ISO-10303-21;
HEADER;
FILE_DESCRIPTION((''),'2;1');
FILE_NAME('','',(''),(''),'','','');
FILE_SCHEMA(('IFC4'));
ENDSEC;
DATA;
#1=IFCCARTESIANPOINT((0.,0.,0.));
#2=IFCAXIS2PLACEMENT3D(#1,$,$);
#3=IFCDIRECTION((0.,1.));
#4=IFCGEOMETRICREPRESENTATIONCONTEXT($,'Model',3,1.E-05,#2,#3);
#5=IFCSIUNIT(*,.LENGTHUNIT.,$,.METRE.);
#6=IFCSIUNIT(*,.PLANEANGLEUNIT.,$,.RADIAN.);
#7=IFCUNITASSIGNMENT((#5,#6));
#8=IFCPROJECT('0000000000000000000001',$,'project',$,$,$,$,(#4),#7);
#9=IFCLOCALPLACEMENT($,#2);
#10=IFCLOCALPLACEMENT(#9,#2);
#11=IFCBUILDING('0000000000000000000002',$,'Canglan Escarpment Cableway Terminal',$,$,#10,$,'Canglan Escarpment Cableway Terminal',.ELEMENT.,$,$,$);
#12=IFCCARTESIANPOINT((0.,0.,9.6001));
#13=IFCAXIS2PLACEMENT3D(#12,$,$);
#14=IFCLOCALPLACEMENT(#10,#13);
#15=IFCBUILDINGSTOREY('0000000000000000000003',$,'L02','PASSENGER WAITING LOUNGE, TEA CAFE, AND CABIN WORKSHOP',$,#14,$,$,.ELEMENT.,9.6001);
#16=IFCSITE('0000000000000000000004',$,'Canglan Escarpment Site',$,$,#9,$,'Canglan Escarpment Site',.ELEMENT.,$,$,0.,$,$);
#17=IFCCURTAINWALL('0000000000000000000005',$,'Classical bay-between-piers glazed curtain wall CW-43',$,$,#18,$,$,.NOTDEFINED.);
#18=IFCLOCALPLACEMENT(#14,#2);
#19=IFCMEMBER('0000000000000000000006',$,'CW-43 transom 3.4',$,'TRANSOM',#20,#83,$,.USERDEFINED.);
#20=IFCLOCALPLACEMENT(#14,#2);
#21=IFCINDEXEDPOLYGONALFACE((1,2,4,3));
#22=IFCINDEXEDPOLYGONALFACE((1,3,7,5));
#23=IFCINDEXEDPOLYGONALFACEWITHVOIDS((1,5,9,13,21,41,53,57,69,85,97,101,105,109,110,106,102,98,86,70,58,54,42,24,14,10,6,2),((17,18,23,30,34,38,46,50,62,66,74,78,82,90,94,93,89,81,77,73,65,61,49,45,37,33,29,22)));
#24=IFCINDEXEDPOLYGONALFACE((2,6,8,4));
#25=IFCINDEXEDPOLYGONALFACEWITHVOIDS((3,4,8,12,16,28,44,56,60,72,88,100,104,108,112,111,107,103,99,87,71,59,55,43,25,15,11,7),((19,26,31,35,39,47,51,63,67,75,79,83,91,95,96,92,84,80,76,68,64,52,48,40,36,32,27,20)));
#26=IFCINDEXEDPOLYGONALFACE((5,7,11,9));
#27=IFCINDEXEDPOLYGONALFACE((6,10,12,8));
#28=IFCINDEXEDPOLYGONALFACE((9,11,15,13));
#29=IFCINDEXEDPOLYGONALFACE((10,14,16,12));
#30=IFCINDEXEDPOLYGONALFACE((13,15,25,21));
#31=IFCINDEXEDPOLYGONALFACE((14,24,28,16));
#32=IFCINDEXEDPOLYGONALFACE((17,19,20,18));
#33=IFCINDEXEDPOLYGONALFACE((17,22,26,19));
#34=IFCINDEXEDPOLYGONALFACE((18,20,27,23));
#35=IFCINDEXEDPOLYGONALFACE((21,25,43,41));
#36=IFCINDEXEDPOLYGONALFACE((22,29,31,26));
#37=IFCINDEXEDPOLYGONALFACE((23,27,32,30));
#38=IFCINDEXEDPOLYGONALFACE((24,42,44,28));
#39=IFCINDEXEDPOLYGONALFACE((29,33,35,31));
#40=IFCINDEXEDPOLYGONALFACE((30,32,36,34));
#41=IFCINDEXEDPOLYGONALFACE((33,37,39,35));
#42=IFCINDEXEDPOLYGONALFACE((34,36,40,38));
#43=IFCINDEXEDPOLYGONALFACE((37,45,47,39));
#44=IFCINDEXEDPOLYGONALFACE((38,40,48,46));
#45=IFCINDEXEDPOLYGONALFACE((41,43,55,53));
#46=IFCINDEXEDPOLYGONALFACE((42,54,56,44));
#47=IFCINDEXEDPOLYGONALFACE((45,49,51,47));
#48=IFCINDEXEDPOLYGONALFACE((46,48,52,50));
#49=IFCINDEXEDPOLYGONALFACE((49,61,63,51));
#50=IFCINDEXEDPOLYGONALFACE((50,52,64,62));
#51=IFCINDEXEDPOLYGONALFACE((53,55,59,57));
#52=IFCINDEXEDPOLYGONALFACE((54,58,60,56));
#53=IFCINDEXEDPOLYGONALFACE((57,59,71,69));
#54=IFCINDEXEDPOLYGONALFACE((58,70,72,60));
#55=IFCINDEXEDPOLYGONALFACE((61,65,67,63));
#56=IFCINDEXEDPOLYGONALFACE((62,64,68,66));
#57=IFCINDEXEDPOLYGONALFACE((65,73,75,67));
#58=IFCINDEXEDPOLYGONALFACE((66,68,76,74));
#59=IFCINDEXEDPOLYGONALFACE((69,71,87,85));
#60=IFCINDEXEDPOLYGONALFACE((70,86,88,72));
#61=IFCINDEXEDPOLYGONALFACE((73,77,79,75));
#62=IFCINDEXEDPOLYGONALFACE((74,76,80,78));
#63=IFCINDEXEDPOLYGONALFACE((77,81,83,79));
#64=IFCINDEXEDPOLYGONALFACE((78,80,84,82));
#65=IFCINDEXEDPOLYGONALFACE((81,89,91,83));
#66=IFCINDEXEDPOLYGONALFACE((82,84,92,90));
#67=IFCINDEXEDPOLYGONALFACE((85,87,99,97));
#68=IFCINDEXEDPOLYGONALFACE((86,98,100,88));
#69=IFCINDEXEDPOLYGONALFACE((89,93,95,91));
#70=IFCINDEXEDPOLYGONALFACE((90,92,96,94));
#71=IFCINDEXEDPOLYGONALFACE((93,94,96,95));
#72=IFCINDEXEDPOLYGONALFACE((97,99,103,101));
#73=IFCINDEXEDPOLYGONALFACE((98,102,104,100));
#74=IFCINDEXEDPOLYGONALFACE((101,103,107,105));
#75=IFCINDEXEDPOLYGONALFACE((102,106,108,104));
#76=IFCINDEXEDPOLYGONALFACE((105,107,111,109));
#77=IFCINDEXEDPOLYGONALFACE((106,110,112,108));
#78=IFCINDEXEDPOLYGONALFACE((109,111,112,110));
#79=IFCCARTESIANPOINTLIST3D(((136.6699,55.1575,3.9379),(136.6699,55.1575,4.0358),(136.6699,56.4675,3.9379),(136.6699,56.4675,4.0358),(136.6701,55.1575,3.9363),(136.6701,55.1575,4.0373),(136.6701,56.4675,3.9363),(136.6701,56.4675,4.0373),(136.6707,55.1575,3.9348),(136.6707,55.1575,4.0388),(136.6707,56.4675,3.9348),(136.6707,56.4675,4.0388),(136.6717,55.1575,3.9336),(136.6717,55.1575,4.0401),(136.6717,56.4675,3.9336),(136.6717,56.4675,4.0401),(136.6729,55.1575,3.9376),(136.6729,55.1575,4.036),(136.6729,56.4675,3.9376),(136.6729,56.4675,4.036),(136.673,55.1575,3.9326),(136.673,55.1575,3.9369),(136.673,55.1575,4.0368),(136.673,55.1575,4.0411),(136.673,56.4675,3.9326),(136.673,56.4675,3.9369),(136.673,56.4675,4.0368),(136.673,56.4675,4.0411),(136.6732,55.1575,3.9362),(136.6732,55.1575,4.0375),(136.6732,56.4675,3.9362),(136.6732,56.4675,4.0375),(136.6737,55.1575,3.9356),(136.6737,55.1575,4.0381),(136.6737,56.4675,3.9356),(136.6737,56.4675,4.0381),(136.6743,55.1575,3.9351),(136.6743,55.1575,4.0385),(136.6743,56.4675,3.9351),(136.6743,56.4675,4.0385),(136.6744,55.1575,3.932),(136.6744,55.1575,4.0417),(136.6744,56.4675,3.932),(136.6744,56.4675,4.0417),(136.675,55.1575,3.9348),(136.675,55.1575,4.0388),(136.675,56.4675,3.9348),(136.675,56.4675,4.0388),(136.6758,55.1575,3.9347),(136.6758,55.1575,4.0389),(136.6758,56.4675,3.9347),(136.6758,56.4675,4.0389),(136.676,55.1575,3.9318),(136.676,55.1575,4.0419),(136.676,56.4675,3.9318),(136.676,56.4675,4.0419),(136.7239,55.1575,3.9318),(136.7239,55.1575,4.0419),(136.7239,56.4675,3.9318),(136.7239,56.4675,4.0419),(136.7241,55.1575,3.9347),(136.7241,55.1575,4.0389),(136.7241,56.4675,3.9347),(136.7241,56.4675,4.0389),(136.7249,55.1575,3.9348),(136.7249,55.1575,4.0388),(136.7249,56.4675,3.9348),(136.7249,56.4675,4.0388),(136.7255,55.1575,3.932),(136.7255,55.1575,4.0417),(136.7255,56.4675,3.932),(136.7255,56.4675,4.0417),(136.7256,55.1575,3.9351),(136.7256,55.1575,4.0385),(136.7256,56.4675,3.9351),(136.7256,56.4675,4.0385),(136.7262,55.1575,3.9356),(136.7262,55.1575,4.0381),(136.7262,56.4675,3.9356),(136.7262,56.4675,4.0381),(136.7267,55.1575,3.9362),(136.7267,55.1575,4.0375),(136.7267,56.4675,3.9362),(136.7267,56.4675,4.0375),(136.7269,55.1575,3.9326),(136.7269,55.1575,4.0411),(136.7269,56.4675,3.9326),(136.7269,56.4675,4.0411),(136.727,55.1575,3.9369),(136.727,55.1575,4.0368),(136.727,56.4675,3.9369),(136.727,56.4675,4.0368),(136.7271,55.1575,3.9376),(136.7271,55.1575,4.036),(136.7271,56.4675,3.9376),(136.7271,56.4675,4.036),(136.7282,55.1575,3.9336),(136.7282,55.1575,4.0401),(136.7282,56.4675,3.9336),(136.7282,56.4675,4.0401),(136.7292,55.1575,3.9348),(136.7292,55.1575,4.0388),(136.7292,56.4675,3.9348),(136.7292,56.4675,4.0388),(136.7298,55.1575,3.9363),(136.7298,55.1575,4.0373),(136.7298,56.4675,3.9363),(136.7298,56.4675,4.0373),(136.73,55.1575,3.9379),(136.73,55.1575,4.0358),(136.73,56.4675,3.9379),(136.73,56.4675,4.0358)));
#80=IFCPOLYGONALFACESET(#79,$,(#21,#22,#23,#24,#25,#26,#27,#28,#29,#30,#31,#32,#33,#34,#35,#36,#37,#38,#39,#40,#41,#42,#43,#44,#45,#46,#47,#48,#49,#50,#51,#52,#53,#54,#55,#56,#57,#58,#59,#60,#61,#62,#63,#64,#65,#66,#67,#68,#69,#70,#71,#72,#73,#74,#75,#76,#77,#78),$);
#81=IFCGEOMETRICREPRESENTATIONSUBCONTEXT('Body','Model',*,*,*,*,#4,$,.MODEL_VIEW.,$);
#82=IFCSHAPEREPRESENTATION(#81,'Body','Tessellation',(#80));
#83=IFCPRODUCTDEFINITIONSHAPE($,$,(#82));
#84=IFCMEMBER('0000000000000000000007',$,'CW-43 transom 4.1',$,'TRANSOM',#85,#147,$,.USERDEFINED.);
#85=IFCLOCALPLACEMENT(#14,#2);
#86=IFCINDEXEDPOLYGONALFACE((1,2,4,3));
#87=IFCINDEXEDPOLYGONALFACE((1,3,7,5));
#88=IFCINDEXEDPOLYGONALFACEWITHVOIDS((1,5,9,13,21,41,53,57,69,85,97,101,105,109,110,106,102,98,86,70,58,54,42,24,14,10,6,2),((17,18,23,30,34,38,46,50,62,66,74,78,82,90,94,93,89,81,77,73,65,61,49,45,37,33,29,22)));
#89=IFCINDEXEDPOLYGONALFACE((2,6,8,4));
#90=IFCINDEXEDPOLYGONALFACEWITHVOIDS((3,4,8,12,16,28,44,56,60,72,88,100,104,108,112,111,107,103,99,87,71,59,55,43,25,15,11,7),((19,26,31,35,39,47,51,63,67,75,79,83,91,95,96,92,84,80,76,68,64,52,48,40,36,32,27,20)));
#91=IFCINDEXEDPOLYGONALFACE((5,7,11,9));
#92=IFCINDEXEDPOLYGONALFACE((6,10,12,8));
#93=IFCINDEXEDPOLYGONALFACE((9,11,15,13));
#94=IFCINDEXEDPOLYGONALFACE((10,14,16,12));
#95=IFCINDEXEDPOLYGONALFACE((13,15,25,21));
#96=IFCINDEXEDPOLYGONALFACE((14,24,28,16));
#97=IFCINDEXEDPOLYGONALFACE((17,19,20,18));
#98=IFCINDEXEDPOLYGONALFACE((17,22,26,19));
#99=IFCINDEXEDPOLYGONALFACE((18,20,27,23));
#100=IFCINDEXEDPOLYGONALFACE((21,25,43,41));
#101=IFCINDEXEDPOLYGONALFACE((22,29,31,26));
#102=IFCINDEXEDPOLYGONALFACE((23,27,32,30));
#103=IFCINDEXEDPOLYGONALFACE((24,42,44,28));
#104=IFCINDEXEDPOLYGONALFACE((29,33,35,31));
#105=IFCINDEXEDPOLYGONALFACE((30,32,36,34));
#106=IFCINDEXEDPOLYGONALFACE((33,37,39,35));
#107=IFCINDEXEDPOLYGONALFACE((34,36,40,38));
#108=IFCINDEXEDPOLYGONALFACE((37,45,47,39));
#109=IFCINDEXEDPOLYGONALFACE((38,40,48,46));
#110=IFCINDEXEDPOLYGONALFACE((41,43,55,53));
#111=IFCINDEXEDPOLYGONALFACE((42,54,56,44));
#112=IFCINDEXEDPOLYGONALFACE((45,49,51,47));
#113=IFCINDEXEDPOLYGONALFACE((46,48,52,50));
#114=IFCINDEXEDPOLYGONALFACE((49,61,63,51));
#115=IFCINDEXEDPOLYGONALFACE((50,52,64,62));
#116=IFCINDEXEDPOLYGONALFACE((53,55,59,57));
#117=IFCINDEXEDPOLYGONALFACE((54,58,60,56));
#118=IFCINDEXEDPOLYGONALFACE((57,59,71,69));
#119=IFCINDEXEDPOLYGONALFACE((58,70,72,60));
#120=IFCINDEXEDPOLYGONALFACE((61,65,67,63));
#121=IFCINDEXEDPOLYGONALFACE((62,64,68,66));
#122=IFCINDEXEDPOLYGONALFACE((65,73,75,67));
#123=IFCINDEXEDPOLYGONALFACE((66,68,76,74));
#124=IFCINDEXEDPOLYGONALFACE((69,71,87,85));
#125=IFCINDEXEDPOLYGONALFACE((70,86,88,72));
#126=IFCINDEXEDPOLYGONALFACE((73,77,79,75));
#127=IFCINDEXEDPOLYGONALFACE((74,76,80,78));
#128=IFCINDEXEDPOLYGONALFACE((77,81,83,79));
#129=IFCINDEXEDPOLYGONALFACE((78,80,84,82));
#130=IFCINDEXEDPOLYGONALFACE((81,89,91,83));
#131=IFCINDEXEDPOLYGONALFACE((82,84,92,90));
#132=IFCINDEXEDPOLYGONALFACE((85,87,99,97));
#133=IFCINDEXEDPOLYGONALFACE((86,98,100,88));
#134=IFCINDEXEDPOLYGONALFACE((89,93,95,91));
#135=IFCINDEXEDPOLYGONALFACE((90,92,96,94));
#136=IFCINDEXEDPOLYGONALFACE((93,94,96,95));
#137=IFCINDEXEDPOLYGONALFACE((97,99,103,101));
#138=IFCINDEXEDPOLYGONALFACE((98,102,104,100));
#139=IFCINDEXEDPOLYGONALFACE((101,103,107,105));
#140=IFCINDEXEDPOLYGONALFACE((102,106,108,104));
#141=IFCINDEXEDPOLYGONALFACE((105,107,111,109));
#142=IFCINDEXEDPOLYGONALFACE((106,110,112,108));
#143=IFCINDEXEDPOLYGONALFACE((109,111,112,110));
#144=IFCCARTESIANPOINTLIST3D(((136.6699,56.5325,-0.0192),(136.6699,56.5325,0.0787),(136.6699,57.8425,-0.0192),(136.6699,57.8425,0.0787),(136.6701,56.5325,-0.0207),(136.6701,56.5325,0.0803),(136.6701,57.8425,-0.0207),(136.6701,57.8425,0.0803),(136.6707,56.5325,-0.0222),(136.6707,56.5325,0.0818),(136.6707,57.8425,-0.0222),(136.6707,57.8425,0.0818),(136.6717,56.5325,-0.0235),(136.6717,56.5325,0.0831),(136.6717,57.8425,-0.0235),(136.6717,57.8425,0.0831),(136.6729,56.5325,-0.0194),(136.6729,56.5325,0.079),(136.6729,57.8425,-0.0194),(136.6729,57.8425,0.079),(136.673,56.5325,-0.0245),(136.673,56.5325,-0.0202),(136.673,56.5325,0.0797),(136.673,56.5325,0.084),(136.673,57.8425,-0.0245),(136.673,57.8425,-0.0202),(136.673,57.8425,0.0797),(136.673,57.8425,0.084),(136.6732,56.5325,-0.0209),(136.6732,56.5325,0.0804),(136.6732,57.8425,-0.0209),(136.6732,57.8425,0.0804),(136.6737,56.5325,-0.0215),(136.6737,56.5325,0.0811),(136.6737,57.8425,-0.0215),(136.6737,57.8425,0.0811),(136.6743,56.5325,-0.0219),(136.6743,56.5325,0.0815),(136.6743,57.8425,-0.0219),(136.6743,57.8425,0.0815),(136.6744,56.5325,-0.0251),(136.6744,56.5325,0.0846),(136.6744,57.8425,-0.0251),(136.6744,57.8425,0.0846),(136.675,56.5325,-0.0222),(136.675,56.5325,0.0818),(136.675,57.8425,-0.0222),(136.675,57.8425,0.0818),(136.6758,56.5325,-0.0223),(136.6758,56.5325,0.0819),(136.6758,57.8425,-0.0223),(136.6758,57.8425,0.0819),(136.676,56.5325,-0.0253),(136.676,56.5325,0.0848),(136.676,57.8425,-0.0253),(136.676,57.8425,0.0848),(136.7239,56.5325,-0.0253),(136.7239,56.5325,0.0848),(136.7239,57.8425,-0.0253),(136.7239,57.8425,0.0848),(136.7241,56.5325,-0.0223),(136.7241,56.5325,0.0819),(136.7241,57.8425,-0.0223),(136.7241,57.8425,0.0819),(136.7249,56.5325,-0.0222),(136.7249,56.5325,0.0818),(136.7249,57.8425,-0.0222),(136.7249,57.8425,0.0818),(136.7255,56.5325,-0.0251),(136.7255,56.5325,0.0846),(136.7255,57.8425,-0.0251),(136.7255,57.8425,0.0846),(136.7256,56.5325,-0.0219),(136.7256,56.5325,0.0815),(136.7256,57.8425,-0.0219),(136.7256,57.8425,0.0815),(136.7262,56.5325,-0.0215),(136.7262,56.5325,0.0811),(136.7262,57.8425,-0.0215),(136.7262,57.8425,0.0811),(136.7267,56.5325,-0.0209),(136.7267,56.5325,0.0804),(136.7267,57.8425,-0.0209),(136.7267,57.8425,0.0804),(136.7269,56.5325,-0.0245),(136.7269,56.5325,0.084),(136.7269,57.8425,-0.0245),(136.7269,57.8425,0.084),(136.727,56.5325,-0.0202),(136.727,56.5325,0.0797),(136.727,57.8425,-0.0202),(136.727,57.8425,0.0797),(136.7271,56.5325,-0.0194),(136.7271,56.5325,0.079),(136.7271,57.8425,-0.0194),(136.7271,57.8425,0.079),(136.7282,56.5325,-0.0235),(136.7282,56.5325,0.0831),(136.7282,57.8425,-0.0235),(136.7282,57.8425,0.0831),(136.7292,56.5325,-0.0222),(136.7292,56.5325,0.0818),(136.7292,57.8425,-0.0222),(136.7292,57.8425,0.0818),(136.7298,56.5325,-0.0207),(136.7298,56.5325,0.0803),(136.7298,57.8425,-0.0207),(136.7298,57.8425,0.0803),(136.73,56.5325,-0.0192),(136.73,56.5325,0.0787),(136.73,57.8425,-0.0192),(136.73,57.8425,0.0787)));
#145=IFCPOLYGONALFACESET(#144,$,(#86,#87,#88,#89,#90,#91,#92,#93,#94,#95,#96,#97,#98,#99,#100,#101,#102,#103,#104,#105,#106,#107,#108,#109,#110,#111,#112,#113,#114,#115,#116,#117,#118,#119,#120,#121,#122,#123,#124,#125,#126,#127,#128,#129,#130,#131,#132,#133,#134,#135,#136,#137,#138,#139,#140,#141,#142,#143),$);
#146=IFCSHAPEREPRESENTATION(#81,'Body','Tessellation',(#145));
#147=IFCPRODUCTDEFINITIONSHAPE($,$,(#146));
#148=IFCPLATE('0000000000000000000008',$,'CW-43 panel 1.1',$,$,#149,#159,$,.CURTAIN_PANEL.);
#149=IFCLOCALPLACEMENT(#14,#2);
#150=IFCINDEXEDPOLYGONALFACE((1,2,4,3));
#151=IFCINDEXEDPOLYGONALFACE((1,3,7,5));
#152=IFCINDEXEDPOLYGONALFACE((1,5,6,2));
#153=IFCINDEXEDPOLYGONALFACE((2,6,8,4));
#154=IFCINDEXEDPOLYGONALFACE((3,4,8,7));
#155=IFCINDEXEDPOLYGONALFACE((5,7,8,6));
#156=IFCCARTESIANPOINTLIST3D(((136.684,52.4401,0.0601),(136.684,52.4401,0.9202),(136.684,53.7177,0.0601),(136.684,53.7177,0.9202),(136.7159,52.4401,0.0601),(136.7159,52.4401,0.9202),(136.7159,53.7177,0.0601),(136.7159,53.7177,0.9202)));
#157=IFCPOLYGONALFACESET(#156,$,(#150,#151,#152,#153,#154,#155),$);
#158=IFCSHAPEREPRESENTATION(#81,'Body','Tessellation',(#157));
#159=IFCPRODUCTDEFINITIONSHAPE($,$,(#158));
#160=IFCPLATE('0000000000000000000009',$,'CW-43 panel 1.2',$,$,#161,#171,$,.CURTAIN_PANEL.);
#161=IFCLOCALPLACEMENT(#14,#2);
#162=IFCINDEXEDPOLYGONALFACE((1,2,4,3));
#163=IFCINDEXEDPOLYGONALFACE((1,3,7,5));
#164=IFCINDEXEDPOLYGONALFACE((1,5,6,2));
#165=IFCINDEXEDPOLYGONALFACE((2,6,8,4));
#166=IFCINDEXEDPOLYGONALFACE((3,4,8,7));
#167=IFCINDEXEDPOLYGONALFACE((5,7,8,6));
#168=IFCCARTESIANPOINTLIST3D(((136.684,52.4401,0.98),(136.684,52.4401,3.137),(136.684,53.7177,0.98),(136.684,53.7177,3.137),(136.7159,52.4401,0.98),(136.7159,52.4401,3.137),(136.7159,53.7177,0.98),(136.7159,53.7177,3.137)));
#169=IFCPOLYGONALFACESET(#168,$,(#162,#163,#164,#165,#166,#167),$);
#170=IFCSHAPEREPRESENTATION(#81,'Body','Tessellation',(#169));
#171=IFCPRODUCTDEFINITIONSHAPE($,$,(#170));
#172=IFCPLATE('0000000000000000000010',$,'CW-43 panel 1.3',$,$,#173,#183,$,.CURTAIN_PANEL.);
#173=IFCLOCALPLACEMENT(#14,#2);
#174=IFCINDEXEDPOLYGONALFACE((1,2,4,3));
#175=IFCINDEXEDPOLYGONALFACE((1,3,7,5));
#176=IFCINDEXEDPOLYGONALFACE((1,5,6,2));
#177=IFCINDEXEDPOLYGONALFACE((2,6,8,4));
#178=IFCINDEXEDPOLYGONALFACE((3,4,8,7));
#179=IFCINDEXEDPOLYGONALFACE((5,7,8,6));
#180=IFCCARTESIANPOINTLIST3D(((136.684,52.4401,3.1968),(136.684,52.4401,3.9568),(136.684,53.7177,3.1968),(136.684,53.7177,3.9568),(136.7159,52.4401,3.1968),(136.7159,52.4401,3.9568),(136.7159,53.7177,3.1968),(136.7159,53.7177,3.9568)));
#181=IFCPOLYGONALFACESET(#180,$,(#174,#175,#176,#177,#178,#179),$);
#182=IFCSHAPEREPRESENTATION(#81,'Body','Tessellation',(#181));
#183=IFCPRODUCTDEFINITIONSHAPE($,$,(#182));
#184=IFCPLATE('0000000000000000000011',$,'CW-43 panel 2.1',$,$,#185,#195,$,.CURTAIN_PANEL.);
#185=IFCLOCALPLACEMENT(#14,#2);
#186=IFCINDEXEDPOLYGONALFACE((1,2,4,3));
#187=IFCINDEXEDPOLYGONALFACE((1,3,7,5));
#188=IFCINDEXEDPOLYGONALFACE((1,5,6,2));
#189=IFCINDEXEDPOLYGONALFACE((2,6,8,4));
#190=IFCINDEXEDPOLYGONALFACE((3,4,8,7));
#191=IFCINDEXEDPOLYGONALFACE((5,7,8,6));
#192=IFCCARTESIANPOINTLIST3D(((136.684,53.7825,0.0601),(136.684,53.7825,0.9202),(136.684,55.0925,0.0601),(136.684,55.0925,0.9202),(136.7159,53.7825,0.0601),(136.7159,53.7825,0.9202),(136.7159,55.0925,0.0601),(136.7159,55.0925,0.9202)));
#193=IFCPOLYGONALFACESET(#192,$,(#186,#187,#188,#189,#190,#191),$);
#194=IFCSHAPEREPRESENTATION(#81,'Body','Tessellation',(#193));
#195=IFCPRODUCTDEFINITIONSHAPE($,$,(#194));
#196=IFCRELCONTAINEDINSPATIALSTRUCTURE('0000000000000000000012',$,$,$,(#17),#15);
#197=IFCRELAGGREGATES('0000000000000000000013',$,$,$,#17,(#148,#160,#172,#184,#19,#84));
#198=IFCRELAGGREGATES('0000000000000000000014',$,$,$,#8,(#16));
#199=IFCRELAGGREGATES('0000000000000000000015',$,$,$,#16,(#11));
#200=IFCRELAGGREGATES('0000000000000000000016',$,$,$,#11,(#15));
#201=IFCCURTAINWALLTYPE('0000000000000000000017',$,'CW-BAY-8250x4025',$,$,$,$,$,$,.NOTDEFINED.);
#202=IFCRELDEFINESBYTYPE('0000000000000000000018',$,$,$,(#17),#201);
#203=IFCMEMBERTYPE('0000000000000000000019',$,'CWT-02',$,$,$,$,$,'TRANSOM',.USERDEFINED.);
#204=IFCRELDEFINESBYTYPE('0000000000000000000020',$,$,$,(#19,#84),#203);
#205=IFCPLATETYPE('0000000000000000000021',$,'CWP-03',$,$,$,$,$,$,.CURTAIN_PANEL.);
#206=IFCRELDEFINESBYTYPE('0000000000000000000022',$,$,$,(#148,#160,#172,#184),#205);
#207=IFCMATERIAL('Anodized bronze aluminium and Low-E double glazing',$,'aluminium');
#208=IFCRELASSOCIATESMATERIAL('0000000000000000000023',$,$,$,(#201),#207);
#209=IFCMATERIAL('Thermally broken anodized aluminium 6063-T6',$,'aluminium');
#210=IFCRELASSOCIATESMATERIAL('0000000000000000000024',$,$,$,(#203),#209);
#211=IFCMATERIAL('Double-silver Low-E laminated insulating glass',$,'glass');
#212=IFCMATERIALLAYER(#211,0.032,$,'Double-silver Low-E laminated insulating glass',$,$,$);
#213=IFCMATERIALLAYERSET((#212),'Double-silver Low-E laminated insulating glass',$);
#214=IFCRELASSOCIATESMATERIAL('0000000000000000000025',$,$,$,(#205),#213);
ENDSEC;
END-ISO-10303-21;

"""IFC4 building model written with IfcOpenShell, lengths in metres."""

from ifc_helpers import new_model, si_unit, direction, frame, origin, origin_2d, place, context, subcontext, project, spatial, rectangle, hollow_rectangle, extrude, material, layer, layer_set, material_profile, profile_set, type_object, element, aggregate, save


model = new_model("IFC4")

# Units and contexts
model_context = context("Model", 3, precision=1e-05, world=origin(), true_north=direction((0.0, 1.0)))
body_context = subcontext(model_context, "Body", "Model", "MODEL_VIEW")
ifc_project = project(units=[si_unit("LENGTHUNIT", "METRE"), si_unit("PLANEANGLEUNIT", "RADIAN")], contexts=[model_context])

# Site, building, storey
site_placement = place(None, origin())
site = spatial("IfcSite", under=ifc_project, at=site_placement, Name="Canglan Escarpment Site", LongName="Canglan Escarpment Site", CompositionType="ELEMENT", RefElevation=0.0)
building_placement = place(site_placement, origin())
building = spatial("IfcBuilding", under=site, at=building_placement, Name="Canglan Escarpment Cableway Terminal", LongName="Canglan Escarpment Cableway Terminal", CompositionType="ELEMENT")
storey_placement = place(building_placement, frame((0.0, 0.0, 9.6001)))
storey = spatial("IfcBuildingStorey", under=building, at=storey_placement, Name="L02", Description="PASSENGER WAITING LOUNGE, TEA CAFE, AND CABIN WORKSHOP", CompositionType="ELEMENT", Elevation=9.6001)

# Curtain wall, members, plates
ifc_material_1 = material(Name="Anodized bronze aluminium and Low-E double glazing", Category="aluminium")
curtain_wall_type = type_object("IfcCurtainWallType", Name="CW-BAY-8250x4025", PredefinedType="NOTDEFINED", material=ifc_material_1)
curtain_wall_placement = place(storey_placement, origin())
curtain_wall = element("IfcCurtainWall", 1, at=curtain_wall_placement, inside=storey, type_object=curtain_wall_type, Name="Classical bay-between-piers glazed curtain wall CW-43", PredefinedType="NOTDEFINED")
ifc_material_2 = material(Name="Thermally broken anodized aluminium 6063-T6", Category="aluminium")
ifc_material_profile_1 = material_profile(ifc_material_2, hollow_rectangle(XDim=0.0601, YDim=0.1101, WallThickness=0.0029, InnerFilletRadius=0.0029, OuterFilletRadius=0.0061, at=origin_2d()), Name="ALU-TRAN 60x110x3")
ifc_profile_set_1 = profile_set([ifc_material_profile_1], Name="Thermally broken anodized aluminium 6063-T6")
member_type_1 = type_object("IfcMemberType", Name="CWT-02", ElementType="TRANSOM", PredefinedType="USERDEFINED", material=ifc_profile_set_1)
member_1_placement = place(storey_placement, frame((136.7, 55.1575, 3.9868), z_axis=(0.0, 1.0, 0.0), x_axis=(-1.0, 0.0, 0.0)))
member_1 = element("IfcMember", 2, at=member_1_placement, type_object=member_type_1, Name="CW-43 transom 3.4", ObjectType="TRANSOM", PredefinedType="USERDEFINED", context=body_context, shape_type="SweptSolid", body=[
    extrude(hollow_rectangle(XDim=0.0601, YDim=0.1101, WallThickness=0.0029, InnerFilletRadius=0.0029, OuterFilletRadius=0.0061, at=origin_2d()), origin(), (0.0, 0.0, 1.0), 1.3101),
])
member_2_placement = place(storey_placement, frame((136.7, 56.5325, 0.0298), z_axis=(0.0, 1.0, 0.0), x_axis=(-1.0, 0.0, 0.0)))
member_2 = element("IfcMember", 3, at=member_2_placement, type_object=member_type_1, Name="CW-43 transom 4.1", ObjectType="TRANSOM", PredefinedType="USERDEFINED", context=body_context, shape_type="SweptSolid", body=[
    extrude(hollow_rectangle(XDim=0.0601, YDim=0.1101, WallThickness=0.0029, InnerFilletRadius=0.0029, OuterFilletRadius=0.0061, at=origin_2d()), origin(), (0.0, 0.0, 1.0), 1.3101),
])
ifc_material_3 = material(Name="Double-silver Low-E laminated insulating glass", Category="glass")
ifc_layer_1 = layer(ifc_material_3, 0.032, Name="Double-silver Low-E laminated insulating glass")
ifc_layer_set_1 = layer_set([ifc_layer_1], Name="Double-silver Low-E laminated insulating glass")
plate_type = type_object("IfcPlateType", Name="CWP-03", PredefinedType="CURTAIN_PANEL", material=ifc_layer_set_1)
plate_1_placement = place(storey_placement, frame((136.7, 53.0789, 0.0601), z_axis=(0.0, 0.0, 1.0), x_axis=(0.0, 1.0, 0.0)))
plate_1 = element("IfcPlate", 4, at=plate_1_placement, type_object=plate_type, Name="CW-43 panel 1.1", PredefinedType="CURTAIN_PANEL", context=body_context, shape_type="SweptSolid", body=[
    extrude(rectangle(XDim=1.2776, YDim=0.032, at=origin_2d()), origin(), (0.0, 0.0, 1.0), 0.8601),
])
plate_2_placement = place(storey_placement, frame((136.7, 53.0789, 0.98), z_axis=(0.0, 0.0, 1.0), x_axis=(0.0, 1.0, 0.0)))
plate_2 = element("IfcPlate", 5, at=plate_2_placement, type_object=plate_type, Name="CW-43 panel 1.2", PredefinedType="CURTAIN_PANEL", context=body_context, shape_type="SweptSolid", body=[
    extrude(rectangle(XDim=1.2776, YDim=0.032, at=origin_2d()), origin(), (0.0, 0.0, 1.0), 2.157),
])
plate_3_placement = place(storey_placement, frame((136.7, 53.0789, 3.1968), z_axis=(0.0, 0.0, 1.0), x_axis=(0.0, 1.0, 0.0)))
plate_3 = element("IfcPlate", 6, at=plate_3_placement, type_object=plate_type, Name="CW-43 panel 1.3", PredefinedType="CURTAIN_PANEL", context=body_context, shape_type="SweptSolid", body=[
    extrude(rectangle(XDim=1.2776, YDim=0.032, at=origin_2d()), origin(), (0.0, 0.0, 1.0), 0.76),
])
plate_4_placement = place(storey_placement, frame((136.7, 54.4375, 0.0601), z_axis=(0.0, 0.0, 1.0), x_axis=(0.0, 1.0, 0.0)))
plate_4 = element("IfcPlate", 7, at=plate_4_placement, type_object=plate_type, Name="CW-43 panel 2.1", PredefinedType="CURTAIN_PANEL", context=body_context, shape_type="SweptSolid", body=[
    extrude(rectangle(XDim=1.3101, YDim=0.032, at=origin_2d()), origin(), (0.0, 0.0, 1.0), 0.8601),
])
aggregate(curtain_wall, [plate_1, plate_2, plate_3, plate_4, member_1, member_2])

save(model, "model.ifc")
